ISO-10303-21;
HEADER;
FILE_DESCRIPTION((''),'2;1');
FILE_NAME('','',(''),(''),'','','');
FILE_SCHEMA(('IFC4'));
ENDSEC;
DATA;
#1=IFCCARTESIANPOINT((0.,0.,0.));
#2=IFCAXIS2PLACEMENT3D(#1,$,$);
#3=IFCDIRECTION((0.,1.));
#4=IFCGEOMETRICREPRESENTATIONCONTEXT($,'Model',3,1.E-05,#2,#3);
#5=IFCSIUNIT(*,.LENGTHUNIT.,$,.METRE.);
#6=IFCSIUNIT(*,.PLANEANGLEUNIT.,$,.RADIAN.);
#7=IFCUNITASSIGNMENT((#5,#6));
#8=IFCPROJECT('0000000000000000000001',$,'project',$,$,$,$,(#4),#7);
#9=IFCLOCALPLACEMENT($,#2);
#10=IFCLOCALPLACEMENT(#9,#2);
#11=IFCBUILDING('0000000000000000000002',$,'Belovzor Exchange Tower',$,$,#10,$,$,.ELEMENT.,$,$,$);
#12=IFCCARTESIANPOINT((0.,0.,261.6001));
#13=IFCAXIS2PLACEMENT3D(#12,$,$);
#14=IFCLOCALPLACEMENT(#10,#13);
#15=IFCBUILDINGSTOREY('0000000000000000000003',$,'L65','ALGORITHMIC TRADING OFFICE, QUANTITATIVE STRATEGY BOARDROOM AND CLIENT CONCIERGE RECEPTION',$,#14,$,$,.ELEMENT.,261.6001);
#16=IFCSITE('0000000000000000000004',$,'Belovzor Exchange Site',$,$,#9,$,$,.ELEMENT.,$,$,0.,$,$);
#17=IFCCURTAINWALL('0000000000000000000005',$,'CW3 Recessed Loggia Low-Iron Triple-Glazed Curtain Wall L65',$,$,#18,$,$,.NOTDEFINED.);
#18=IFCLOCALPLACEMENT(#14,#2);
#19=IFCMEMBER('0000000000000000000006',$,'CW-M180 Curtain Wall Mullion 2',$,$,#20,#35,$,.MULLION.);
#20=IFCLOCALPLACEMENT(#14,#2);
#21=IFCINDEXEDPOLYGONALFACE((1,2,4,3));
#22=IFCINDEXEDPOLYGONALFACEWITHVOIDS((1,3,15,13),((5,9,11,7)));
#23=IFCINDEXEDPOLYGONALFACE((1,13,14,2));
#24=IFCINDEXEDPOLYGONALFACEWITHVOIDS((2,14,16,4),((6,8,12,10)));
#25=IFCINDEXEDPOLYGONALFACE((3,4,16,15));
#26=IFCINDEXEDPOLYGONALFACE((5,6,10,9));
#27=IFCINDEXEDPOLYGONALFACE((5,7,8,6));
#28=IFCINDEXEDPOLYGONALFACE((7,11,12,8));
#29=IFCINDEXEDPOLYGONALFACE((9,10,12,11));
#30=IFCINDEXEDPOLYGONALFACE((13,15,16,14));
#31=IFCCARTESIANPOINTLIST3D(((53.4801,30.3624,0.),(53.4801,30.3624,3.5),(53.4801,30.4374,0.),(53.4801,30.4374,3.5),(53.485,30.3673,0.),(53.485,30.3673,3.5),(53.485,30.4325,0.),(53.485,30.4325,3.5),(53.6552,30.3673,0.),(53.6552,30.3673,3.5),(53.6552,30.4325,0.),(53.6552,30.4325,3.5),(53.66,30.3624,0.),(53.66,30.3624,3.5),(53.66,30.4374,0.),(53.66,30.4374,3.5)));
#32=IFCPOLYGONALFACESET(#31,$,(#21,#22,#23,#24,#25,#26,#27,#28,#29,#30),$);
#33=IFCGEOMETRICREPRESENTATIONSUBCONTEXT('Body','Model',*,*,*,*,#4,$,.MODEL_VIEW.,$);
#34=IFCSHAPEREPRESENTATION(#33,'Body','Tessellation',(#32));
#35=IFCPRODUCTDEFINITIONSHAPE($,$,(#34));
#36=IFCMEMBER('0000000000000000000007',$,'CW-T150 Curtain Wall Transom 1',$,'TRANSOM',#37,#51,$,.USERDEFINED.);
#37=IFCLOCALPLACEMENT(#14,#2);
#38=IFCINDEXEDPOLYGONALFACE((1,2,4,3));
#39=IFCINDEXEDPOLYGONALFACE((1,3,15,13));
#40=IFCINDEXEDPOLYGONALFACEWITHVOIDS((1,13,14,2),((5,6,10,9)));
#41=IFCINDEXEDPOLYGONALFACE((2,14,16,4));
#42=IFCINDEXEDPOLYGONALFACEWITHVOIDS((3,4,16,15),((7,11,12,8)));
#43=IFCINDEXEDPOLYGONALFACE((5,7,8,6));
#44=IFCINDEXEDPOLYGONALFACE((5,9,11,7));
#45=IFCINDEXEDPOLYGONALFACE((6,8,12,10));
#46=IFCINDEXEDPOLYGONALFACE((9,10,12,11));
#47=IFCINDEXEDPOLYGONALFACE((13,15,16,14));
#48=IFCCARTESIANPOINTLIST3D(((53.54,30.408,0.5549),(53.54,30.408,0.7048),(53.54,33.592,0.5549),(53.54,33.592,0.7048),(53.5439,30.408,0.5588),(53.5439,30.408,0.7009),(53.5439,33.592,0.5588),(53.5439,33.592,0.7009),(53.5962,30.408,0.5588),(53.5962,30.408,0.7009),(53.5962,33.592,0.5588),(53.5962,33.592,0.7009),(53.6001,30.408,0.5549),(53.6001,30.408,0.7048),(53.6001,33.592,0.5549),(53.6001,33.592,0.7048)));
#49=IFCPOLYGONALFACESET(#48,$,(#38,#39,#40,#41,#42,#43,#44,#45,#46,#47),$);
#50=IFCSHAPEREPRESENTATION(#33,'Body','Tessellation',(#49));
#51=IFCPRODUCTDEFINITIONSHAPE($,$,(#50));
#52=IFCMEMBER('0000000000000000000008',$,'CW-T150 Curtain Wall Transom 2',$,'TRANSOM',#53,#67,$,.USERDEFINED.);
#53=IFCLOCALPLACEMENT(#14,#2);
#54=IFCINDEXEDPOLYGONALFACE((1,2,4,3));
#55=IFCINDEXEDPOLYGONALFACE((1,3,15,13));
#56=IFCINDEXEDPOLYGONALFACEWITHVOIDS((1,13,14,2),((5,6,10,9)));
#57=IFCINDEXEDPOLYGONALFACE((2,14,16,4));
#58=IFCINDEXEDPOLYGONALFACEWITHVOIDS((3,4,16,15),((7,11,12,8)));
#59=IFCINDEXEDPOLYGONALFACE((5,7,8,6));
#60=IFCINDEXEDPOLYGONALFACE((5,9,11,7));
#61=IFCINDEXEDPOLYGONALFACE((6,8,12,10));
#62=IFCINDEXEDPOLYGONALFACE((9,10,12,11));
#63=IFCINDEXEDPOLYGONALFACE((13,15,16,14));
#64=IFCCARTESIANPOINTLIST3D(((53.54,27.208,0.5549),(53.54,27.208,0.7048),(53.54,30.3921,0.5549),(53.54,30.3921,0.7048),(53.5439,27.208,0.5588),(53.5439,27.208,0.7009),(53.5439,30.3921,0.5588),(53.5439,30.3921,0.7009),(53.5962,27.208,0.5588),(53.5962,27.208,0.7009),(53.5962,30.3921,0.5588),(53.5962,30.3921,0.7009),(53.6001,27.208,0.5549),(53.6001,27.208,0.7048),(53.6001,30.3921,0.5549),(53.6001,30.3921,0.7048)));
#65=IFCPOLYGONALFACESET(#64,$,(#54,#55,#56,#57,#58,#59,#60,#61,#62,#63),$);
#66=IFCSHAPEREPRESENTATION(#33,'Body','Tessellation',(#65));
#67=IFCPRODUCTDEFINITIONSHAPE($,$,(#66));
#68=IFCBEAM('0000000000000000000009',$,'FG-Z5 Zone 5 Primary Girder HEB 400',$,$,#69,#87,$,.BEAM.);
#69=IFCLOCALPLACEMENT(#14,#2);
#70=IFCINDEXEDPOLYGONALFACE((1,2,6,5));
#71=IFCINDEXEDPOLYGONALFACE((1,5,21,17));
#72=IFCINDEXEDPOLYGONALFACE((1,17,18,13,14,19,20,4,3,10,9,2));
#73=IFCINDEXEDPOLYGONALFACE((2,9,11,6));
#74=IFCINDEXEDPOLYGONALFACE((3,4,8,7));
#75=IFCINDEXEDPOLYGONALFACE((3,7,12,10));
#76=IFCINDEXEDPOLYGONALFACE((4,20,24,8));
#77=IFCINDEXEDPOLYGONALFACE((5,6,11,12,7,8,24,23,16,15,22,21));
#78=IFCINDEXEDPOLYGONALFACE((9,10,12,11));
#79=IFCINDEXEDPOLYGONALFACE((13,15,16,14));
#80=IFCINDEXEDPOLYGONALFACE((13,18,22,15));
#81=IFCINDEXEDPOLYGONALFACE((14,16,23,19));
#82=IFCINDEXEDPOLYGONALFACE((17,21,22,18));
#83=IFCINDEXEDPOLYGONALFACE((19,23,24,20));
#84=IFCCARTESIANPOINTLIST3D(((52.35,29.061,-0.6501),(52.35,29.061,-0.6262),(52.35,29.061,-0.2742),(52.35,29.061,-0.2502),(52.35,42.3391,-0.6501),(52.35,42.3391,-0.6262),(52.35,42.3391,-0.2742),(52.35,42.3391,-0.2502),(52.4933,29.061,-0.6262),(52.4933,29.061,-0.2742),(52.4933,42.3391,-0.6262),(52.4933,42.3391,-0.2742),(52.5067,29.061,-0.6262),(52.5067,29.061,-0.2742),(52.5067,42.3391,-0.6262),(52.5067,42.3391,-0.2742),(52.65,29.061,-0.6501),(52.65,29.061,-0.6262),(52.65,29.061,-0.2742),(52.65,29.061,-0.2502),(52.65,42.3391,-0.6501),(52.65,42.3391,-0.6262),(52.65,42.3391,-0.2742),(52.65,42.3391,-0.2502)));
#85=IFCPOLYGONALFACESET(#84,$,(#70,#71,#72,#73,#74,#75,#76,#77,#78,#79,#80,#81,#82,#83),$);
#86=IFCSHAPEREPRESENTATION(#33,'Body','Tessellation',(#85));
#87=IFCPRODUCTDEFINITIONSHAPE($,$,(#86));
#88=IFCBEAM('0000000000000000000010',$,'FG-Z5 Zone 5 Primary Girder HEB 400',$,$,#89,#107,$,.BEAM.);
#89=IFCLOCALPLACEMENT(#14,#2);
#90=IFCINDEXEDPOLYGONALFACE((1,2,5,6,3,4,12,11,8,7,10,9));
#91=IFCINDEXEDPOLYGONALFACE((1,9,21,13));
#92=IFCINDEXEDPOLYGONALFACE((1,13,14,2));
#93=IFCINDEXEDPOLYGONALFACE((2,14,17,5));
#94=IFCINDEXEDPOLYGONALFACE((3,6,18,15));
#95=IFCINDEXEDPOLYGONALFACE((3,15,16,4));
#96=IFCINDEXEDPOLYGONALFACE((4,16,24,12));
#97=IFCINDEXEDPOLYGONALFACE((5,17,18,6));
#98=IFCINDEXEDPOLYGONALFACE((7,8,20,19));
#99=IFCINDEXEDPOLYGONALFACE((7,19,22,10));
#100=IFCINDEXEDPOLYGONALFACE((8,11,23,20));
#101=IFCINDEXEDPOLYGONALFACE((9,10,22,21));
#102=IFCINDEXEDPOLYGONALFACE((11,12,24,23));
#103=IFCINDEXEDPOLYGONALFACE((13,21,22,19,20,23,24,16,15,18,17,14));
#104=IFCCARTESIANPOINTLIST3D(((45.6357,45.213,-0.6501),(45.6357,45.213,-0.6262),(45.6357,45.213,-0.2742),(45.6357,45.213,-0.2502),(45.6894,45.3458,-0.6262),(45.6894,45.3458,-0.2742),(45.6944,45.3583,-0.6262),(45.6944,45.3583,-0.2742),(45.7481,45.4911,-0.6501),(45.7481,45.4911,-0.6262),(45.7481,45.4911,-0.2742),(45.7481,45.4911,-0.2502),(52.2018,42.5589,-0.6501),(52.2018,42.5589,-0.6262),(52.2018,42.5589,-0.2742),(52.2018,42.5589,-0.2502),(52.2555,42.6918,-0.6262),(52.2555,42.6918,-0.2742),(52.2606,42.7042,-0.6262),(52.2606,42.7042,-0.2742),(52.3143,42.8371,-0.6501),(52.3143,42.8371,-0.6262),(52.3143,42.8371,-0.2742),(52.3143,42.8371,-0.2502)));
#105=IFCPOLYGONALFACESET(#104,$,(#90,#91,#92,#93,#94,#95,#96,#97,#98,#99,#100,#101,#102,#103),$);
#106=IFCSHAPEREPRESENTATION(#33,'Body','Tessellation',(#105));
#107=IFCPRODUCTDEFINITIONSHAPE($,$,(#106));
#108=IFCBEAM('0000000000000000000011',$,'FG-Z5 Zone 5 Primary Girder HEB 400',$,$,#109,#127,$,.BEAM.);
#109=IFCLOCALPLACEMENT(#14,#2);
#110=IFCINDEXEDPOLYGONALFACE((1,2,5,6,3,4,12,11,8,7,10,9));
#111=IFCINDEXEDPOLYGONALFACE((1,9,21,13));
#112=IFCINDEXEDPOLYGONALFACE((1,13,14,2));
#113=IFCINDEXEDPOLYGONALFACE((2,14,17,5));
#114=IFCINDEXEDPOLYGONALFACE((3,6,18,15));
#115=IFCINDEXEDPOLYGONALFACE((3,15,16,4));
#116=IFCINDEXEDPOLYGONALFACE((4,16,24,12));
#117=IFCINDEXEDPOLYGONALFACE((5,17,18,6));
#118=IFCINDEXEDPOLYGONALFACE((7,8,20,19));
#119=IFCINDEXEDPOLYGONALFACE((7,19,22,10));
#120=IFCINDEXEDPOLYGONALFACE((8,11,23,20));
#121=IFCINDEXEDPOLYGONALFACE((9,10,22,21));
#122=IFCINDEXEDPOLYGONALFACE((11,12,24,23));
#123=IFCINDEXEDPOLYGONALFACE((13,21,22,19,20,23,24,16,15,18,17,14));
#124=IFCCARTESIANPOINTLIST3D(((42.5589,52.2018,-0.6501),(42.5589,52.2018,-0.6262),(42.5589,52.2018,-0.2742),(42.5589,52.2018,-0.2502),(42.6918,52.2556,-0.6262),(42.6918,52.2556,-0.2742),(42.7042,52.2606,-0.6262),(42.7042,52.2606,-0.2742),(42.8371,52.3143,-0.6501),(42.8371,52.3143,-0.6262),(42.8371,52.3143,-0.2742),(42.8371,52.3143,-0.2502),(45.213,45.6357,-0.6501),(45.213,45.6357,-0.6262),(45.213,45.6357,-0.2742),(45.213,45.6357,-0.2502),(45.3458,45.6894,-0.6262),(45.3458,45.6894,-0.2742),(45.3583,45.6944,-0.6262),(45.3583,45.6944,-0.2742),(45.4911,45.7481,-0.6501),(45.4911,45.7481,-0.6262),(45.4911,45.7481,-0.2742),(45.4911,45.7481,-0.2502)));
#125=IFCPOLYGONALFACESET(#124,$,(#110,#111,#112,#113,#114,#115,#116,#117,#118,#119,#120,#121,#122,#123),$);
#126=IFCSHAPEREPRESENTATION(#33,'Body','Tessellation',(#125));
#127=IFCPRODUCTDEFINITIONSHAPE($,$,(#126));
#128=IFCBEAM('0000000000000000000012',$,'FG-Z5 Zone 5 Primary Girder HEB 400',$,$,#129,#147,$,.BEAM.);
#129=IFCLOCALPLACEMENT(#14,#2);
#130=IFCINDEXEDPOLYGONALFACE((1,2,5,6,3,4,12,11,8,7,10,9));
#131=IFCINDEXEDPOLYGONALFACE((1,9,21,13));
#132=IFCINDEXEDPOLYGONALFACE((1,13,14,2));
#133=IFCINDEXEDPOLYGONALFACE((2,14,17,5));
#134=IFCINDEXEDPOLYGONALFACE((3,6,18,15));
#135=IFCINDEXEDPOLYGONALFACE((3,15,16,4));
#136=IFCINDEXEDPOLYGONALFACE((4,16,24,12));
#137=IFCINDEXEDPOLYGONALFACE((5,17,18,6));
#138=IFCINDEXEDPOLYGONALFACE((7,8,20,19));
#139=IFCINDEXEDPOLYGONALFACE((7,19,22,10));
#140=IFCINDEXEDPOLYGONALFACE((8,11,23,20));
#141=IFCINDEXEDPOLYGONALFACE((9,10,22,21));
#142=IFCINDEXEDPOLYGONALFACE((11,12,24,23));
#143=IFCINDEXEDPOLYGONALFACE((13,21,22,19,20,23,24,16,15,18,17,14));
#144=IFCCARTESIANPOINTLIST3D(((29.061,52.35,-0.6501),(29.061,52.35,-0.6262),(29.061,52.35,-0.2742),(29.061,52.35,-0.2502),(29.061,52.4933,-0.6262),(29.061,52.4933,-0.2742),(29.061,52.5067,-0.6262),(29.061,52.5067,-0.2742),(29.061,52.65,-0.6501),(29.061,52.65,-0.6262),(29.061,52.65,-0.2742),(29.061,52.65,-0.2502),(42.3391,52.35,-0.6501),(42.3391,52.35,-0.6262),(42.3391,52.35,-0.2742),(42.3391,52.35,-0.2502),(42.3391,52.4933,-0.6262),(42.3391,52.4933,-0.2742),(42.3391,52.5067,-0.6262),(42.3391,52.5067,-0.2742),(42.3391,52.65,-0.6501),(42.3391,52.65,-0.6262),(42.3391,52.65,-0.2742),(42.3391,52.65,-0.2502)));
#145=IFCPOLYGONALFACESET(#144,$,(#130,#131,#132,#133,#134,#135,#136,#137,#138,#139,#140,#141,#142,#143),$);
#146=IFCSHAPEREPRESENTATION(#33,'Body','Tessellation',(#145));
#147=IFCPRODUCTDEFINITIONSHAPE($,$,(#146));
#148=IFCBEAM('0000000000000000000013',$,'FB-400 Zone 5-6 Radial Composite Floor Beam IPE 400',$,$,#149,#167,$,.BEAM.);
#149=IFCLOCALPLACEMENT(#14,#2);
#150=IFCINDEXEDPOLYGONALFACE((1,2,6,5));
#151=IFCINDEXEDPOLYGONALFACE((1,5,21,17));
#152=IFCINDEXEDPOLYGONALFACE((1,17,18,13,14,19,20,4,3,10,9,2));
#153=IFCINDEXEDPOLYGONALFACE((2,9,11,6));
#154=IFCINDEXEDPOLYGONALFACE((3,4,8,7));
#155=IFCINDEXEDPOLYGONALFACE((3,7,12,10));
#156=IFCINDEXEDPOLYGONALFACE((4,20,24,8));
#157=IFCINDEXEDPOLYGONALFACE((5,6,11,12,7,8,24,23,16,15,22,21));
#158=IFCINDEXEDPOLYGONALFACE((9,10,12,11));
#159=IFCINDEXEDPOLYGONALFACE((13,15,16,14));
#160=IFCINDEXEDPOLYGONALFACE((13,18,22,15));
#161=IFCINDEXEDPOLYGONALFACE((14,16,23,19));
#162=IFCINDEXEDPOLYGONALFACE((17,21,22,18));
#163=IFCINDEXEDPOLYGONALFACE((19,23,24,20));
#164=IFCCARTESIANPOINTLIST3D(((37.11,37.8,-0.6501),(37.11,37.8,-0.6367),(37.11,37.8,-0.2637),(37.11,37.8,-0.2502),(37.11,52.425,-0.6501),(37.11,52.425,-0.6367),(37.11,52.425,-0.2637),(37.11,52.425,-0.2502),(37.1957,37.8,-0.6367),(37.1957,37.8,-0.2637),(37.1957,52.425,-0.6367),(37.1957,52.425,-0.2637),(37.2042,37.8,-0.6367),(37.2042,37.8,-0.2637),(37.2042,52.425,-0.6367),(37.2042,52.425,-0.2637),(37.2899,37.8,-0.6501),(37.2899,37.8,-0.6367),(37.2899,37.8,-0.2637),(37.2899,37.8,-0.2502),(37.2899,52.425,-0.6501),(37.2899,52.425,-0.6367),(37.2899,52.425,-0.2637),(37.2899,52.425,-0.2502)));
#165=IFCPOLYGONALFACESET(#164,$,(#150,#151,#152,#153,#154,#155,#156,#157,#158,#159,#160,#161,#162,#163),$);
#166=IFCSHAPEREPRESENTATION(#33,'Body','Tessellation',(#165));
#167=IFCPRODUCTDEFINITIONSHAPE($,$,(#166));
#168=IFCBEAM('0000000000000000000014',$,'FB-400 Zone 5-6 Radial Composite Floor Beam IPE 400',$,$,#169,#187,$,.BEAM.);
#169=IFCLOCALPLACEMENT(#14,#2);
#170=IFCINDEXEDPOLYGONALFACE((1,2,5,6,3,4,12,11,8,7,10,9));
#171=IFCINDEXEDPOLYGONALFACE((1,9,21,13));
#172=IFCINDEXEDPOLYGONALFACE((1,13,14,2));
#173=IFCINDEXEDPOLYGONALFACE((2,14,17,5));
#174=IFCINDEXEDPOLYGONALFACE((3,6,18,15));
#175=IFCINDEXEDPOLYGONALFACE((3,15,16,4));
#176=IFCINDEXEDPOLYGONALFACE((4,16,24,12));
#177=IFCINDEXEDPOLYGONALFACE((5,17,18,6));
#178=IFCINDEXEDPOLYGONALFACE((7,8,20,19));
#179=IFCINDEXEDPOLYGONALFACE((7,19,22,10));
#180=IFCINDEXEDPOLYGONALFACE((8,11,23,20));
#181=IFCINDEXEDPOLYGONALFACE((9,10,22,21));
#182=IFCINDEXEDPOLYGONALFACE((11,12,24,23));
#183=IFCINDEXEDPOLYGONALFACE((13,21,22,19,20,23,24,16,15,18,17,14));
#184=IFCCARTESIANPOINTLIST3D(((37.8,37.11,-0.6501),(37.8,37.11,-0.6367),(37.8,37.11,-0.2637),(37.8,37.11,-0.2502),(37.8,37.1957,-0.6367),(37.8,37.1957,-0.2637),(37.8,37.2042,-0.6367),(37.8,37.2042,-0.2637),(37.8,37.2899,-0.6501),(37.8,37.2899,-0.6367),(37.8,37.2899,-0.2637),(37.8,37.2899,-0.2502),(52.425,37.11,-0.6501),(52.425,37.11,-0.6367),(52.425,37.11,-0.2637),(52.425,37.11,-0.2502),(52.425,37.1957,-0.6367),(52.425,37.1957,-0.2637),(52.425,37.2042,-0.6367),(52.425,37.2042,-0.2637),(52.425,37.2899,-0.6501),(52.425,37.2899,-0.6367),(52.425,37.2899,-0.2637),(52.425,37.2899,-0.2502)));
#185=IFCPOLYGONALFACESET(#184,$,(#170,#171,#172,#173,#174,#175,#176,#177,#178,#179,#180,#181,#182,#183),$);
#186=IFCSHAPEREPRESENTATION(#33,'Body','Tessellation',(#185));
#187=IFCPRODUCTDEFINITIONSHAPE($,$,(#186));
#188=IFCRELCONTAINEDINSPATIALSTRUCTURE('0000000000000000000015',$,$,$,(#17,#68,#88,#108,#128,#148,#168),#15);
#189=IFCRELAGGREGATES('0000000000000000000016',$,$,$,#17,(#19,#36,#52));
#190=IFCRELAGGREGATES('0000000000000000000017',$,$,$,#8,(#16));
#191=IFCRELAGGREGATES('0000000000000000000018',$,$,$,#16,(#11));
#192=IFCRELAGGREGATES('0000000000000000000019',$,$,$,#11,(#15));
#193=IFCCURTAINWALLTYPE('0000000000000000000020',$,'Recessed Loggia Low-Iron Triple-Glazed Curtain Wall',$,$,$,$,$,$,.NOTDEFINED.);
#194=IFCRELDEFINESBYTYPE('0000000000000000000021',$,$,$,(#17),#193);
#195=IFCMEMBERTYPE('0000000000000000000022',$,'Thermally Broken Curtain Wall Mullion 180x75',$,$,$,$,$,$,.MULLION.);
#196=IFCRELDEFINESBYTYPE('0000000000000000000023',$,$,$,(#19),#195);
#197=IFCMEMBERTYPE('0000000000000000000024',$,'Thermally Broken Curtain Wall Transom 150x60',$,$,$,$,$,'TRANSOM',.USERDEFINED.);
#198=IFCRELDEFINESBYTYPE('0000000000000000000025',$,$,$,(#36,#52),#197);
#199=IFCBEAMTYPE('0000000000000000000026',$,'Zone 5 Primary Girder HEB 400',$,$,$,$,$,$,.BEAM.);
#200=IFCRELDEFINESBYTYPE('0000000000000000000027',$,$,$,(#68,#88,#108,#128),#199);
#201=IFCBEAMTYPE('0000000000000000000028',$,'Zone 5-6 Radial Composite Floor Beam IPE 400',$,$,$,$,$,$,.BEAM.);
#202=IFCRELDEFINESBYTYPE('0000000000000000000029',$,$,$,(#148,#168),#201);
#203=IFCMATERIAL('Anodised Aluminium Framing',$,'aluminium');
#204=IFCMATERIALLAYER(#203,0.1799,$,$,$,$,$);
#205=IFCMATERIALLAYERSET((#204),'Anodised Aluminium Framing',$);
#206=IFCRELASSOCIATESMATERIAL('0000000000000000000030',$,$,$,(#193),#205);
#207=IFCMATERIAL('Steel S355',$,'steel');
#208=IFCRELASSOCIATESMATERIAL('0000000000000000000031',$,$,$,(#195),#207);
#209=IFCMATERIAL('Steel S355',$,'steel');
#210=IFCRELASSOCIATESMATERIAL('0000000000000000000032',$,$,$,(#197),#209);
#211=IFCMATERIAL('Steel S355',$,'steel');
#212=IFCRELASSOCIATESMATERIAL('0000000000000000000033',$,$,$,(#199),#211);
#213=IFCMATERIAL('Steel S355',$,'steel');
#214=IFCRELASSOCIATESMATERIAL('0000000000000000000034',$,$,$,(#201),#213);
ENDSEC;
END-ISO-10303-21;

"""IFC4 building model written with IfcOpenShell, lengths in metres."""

from ifc_helpers import new_model, si_unit, direction, frame, origin, origin_2d, place, context, subcontext, project, spatial, hollow_rectangle, i_section, extrude, material, layer, layer_set, material_profile, profile_set, type_object, element, aggregate, save


model = new_model("IFC4")

# Units and contexts
model_context = context("Model", 3, precision=1e-05, world=origin(), true_north=direction((0.0, 1.0)))
body_context = subcontext(model_context, "Body", "Model", "MODEL_VIEW")
ifc_project = project(units=[si_unit("LENGTHUNIT", "METRE"), si_unit("PLANEANGLEUNIT", "RADIAN")], contexts=[model_context])

# Site, building, storey
site_placement = place(None, origin())
site = spatial("IfcSite", under=ifc_project, at=site_placement, Name="Belovzor Exchange Site", CompositionType="ELEMENT", RefElevation=0.0)
building_placement = place(site_placement, origin())
building = spatial("IfcBuilding", under=site, at=building_placement, Name="Belovzor Exchange Tower", CompositionType="ELEMENT")
storey_placement = place(building_placement, frame((0.0, 0.0, 261.6001)))
storey = spatial("IfcBuildingStorey", under=building, at=storey_placement, Name="L65", Description="ALGORITHMIC TRADING OFFICE, QUANTITATIVE STRATEGY BOARDROOM AND CLIENT CONCIERGE RECEPTION", CompositionType="ELEMENT", Elevation=261.6001)

# Curtain wall, members
ifc_material_1 = material(Name="Anodised Aluminium Framing", Category="aluminium")
ifc_layer_1 = layer(ifc_material_1, 0.1799)
ifc_layer_set_1 = layer_set([ifc_layer_1], Name="Anodised Aluminium Framing")
curtain_wall_type = type_object("IfcCurtainWallType", Name="Recessed Loggia Low-Iron Triple-Glazed Curtain Wall", PredefinedType="NOTDEFINED", material=ifc_layer_set_1)
curtain_wall_placement = place(storey_placement, origin())
curtain_wall = element("IfcCurtainWall", 1, at=curtain_wall_placement, inside=storey, type_object=curtain_wall_type, Name="CW3 Recessed Loggia Low-Iron Triple-Glazed Curtain Wall L65", PredefinedType="NOTDEFINED")
ifc_material_2 = material(Name="Steel S355", Category="steel")
ifc_material_profile_1 = material_profile(ifc_material_2, hollow_rectangle(XDim=0.075, YDim=0.1799, WallThickness=0.0049, at=origin_2d()))
ifc_profile_set_1 = profile_set([ifc_material_profile_1], Name="Steel S355")
member_type_1 = type_object("IfcMemberType", Name="Thermally Broken Curtain Wall Mullion 180x75", PredefinedType="MULLION", material=ifc_profile_set_1)
member_1_placement = place(storey_placement, frame((53.5701, 30.3999, 0.0), z_axis=(0.0, 0.0, 1.0), x_axis=(0.0, -1.0, 0.0)))
member_1 = element("IfcMember", 2, at=member_1_placement, type_object=member_type_1, Name="CW-M180 Curtain Wall Mullion 2", PredefinedType="MULLION", context=body_context, shape_type="SweptSolid", body=[
    extrude(hollow_rectangle(XDim=0.075, YDim=0.1799, WallThickness=0.0049, at=origin_2d()), origin(), (0.0, 0.0, 1.0), 3.5),
])
ifc_material_3 = material(Name="Steel S355", Category="steel")
ifc_material_profile_2 = material_profile(ifc_material_3, hollow_rectangle(XDim=0.0601, YDim=0.1499, WallThickness=0.0039, at=origin_2d()))
ifc_profile_set_2 = profile_set([ifc_material_profile_2], Name="Steel S355")
member_type_2 = type_object("IfcMemberType", Name="Thermally Broken Curtain Wall Transom 150x60", ElementType="TRANSOM", PredefinedType="USERDEFINED", material=ifc_profile_set_2)
member_2_placement = place(storey_placement, frame((53.5701, 33.592, 0.6299), z_axis=(0.0, -1.0, 0.0), x_axis=(1.0, 0.0, 0.0)))
member_2 = element("IfcMember", 3, at=member_2_placement, type_object=member_type_2, Name="CW-T150 Curtain Wall Transom 1", ObjectType="TRANSOM", PredefinedType="USERDEFINED", context=body_context, shape_type="SweptSolid", body=[
    extrude(hollow_rectangle(XDim=0.0601, YDim=0.1499, WallThickness=0.0039, at=origin_2d()), origin(), (0.0, 0.0, 1.0), 3.1841),
])
member_3_placement = place(storey_placement, frame((53.5701, 30.3921, 0.6299), z_axis=(0.0, -1.0, 0.0), x_axis=(1.0, 0.0, 0.0)))
member_3 = element("IfcMember", 4, at=member_3_placement, type_object=member_type_2, Name="CW-T150 Curtain Wall Transom 2", ObjectType="TRANSOM", PredefinedType="USERDEFINED", context=body_context, shape_type="SweptSolid", body=[
    extrude(hollow_rectangle(XDim=0.0601, YDim=0.1499, WallThickness=0.0039, at=origin_2d()), origin(), (0.0, 0.0, 1.0), 3.1841),
])

# Beams
ifc_material_4 = material(Name="Steel S355", Category="steel")
ifc_material_profile_3 = material_profile(ifc_material_4, i_section(OverallWidth=0.3, OverallDepth=0.3999, WebThickness=0.0134, FlangeThickness=0.0239, at=origin_2d()))
ifc_profile_set_3 = profile_set([ifc_material_profile_3], Name="Steel S355")
beam_type_1 = type_object("IfcBeamType", Name="Zone 5 Primary Girder HEB 400", PredefinedType="BEAM", material=ifc_profile_set_3)
beam_1_placement = place(storey_placement, frame((52.5, 29.061, -0.4502), z_axis=(0.0, 1.0, 0.0), x_axis=(-1.0, 0.0, 0.0)))
element("IfcBeam", 5, at=beam_1_placement, inside=storey, type_object=beam_type_1, Name="FG-Z5 Zone 5 Primary Girder HEB 400", PredefinedType="BEAM", context=body_context, shape_type="SweptSolid", body=[
    extrude(i_section(OverallWidth=0.3, OverallDepth=0.3999, WebThickness=0.0134, FlangeThickness=0.0239, at=origin_2d()), origin(), (0.0, 0.0, 1.0), 13.2781),
])
for number, where, z_axis, x_axis, name in (
    (6, (52.2581, 42.698, -0.4502), (-0.927127, 0.374746, 0.0), (-0.374746, -0.927127, 0.0), "FG-Z5 Zone 5 Primary Girder HEB 400"),
    (7, (45.3521, 45.6919, -0.4502), (-0.374746, 0.927127, 0.0), (-0.927127, -0.374746, 0.0), "FG-Z5 Zone 5 Primary Girder HEB 400"),
):
    element("IfcBeam", number, at=place(storey_placement, frame(where, z_axis=z_axis, x_axis=x_axis)), inside=storey, type_object=beam_type_1, Name=name, PredefinedType="BEAM", context=body_context, shape_type="SweptSolid", body=[
        extrude(i_section(OverallWidth=0.3, OverallDepth=0.3999, WebThickness=0.0134, FlangeThickness=0.0239, at=origin_2d()), origin(), (0.0, 0.0, 1.0), 7.0823),
    ])
beam_2_placement = place(storey_placement, frame((42.3391, 52.5, -0.4502), z_axis=(-1.0, 0.0, 0.0), x_axis=(0.0, -1.0, 0.0)))
element("IfcBeam", 8, at=beam_2_placement, inside=storey, type_object=beam_type_1, Name="FG-Z5 Zone 5 Primary Girder HEB 400", PredefinedType="BEAM", context=body_context, shape_type="SweptSolid", body=[
    extrude(i_section(OverallWidth=0.3, OverallDepth=0.3999, WebThickness=0.0134, FlangeThickness=0.0239, at=origin_2d()), origin(), (0.0, 0.0, 1.0), 13.2781),
])
ifc_material_5 = material(Name="Steel S355", Category="steel")
ifc_material_profile_4 = material_profile(ifc_material_5, i_section(OverallWidth=0.1799, OverallDepth=0.3999, WebThickness=0.0085, FlangeThickness=0.0134, at=origin_2d()))
ifc_profile_set_4 = profile_set([ifc_material_profile_4], Name="Steel S355")
beam_type_2 = type_object("IfcBeamType", Name="Zone 5-6 Radial Composite Floor Beam IPE 400", PredefinedType="BEAM", material=ifc_profile_set_4)
for number, where, z_axis, x_axis, name in (
    (9, (37.2, 37.8, -0.4502), (0.0, 1.0, 0.0), (-1.0, 0.0, 0.0), "FB-400 Zone 5-6 Radial Composite Floor Beam IPE 400"),
    (10, (37.8, 37.2, -0.4502), (1.0, 0.0, 0.0), (0.0, 1.0, 0.0), "FB-400 Zone 5-6 Radial Composite Floor Beam IPE 400"),
):
    element("IfcBeam", number, at=place(storey_placement, frame(where, z_axis=z_axis, x_axis=x_axis)), inside=storey, type_object=beam_type_2, Name=name, PredefinedType="BEAM", context=body_context, shape_type="SweptSolid", body=[
        extrude(i_section(OverallWidth=0.1799, OverallDepth=0.3999, WebThickness=0.0085, FlangeThickness=0.0134, at=origin_2d()), origin(), (0.0, 0.0, 1.0), 14.625),
    ])

aggregate(curtain_wall, [member_1, member_2, member_3])

save(model, "model.ifc")
